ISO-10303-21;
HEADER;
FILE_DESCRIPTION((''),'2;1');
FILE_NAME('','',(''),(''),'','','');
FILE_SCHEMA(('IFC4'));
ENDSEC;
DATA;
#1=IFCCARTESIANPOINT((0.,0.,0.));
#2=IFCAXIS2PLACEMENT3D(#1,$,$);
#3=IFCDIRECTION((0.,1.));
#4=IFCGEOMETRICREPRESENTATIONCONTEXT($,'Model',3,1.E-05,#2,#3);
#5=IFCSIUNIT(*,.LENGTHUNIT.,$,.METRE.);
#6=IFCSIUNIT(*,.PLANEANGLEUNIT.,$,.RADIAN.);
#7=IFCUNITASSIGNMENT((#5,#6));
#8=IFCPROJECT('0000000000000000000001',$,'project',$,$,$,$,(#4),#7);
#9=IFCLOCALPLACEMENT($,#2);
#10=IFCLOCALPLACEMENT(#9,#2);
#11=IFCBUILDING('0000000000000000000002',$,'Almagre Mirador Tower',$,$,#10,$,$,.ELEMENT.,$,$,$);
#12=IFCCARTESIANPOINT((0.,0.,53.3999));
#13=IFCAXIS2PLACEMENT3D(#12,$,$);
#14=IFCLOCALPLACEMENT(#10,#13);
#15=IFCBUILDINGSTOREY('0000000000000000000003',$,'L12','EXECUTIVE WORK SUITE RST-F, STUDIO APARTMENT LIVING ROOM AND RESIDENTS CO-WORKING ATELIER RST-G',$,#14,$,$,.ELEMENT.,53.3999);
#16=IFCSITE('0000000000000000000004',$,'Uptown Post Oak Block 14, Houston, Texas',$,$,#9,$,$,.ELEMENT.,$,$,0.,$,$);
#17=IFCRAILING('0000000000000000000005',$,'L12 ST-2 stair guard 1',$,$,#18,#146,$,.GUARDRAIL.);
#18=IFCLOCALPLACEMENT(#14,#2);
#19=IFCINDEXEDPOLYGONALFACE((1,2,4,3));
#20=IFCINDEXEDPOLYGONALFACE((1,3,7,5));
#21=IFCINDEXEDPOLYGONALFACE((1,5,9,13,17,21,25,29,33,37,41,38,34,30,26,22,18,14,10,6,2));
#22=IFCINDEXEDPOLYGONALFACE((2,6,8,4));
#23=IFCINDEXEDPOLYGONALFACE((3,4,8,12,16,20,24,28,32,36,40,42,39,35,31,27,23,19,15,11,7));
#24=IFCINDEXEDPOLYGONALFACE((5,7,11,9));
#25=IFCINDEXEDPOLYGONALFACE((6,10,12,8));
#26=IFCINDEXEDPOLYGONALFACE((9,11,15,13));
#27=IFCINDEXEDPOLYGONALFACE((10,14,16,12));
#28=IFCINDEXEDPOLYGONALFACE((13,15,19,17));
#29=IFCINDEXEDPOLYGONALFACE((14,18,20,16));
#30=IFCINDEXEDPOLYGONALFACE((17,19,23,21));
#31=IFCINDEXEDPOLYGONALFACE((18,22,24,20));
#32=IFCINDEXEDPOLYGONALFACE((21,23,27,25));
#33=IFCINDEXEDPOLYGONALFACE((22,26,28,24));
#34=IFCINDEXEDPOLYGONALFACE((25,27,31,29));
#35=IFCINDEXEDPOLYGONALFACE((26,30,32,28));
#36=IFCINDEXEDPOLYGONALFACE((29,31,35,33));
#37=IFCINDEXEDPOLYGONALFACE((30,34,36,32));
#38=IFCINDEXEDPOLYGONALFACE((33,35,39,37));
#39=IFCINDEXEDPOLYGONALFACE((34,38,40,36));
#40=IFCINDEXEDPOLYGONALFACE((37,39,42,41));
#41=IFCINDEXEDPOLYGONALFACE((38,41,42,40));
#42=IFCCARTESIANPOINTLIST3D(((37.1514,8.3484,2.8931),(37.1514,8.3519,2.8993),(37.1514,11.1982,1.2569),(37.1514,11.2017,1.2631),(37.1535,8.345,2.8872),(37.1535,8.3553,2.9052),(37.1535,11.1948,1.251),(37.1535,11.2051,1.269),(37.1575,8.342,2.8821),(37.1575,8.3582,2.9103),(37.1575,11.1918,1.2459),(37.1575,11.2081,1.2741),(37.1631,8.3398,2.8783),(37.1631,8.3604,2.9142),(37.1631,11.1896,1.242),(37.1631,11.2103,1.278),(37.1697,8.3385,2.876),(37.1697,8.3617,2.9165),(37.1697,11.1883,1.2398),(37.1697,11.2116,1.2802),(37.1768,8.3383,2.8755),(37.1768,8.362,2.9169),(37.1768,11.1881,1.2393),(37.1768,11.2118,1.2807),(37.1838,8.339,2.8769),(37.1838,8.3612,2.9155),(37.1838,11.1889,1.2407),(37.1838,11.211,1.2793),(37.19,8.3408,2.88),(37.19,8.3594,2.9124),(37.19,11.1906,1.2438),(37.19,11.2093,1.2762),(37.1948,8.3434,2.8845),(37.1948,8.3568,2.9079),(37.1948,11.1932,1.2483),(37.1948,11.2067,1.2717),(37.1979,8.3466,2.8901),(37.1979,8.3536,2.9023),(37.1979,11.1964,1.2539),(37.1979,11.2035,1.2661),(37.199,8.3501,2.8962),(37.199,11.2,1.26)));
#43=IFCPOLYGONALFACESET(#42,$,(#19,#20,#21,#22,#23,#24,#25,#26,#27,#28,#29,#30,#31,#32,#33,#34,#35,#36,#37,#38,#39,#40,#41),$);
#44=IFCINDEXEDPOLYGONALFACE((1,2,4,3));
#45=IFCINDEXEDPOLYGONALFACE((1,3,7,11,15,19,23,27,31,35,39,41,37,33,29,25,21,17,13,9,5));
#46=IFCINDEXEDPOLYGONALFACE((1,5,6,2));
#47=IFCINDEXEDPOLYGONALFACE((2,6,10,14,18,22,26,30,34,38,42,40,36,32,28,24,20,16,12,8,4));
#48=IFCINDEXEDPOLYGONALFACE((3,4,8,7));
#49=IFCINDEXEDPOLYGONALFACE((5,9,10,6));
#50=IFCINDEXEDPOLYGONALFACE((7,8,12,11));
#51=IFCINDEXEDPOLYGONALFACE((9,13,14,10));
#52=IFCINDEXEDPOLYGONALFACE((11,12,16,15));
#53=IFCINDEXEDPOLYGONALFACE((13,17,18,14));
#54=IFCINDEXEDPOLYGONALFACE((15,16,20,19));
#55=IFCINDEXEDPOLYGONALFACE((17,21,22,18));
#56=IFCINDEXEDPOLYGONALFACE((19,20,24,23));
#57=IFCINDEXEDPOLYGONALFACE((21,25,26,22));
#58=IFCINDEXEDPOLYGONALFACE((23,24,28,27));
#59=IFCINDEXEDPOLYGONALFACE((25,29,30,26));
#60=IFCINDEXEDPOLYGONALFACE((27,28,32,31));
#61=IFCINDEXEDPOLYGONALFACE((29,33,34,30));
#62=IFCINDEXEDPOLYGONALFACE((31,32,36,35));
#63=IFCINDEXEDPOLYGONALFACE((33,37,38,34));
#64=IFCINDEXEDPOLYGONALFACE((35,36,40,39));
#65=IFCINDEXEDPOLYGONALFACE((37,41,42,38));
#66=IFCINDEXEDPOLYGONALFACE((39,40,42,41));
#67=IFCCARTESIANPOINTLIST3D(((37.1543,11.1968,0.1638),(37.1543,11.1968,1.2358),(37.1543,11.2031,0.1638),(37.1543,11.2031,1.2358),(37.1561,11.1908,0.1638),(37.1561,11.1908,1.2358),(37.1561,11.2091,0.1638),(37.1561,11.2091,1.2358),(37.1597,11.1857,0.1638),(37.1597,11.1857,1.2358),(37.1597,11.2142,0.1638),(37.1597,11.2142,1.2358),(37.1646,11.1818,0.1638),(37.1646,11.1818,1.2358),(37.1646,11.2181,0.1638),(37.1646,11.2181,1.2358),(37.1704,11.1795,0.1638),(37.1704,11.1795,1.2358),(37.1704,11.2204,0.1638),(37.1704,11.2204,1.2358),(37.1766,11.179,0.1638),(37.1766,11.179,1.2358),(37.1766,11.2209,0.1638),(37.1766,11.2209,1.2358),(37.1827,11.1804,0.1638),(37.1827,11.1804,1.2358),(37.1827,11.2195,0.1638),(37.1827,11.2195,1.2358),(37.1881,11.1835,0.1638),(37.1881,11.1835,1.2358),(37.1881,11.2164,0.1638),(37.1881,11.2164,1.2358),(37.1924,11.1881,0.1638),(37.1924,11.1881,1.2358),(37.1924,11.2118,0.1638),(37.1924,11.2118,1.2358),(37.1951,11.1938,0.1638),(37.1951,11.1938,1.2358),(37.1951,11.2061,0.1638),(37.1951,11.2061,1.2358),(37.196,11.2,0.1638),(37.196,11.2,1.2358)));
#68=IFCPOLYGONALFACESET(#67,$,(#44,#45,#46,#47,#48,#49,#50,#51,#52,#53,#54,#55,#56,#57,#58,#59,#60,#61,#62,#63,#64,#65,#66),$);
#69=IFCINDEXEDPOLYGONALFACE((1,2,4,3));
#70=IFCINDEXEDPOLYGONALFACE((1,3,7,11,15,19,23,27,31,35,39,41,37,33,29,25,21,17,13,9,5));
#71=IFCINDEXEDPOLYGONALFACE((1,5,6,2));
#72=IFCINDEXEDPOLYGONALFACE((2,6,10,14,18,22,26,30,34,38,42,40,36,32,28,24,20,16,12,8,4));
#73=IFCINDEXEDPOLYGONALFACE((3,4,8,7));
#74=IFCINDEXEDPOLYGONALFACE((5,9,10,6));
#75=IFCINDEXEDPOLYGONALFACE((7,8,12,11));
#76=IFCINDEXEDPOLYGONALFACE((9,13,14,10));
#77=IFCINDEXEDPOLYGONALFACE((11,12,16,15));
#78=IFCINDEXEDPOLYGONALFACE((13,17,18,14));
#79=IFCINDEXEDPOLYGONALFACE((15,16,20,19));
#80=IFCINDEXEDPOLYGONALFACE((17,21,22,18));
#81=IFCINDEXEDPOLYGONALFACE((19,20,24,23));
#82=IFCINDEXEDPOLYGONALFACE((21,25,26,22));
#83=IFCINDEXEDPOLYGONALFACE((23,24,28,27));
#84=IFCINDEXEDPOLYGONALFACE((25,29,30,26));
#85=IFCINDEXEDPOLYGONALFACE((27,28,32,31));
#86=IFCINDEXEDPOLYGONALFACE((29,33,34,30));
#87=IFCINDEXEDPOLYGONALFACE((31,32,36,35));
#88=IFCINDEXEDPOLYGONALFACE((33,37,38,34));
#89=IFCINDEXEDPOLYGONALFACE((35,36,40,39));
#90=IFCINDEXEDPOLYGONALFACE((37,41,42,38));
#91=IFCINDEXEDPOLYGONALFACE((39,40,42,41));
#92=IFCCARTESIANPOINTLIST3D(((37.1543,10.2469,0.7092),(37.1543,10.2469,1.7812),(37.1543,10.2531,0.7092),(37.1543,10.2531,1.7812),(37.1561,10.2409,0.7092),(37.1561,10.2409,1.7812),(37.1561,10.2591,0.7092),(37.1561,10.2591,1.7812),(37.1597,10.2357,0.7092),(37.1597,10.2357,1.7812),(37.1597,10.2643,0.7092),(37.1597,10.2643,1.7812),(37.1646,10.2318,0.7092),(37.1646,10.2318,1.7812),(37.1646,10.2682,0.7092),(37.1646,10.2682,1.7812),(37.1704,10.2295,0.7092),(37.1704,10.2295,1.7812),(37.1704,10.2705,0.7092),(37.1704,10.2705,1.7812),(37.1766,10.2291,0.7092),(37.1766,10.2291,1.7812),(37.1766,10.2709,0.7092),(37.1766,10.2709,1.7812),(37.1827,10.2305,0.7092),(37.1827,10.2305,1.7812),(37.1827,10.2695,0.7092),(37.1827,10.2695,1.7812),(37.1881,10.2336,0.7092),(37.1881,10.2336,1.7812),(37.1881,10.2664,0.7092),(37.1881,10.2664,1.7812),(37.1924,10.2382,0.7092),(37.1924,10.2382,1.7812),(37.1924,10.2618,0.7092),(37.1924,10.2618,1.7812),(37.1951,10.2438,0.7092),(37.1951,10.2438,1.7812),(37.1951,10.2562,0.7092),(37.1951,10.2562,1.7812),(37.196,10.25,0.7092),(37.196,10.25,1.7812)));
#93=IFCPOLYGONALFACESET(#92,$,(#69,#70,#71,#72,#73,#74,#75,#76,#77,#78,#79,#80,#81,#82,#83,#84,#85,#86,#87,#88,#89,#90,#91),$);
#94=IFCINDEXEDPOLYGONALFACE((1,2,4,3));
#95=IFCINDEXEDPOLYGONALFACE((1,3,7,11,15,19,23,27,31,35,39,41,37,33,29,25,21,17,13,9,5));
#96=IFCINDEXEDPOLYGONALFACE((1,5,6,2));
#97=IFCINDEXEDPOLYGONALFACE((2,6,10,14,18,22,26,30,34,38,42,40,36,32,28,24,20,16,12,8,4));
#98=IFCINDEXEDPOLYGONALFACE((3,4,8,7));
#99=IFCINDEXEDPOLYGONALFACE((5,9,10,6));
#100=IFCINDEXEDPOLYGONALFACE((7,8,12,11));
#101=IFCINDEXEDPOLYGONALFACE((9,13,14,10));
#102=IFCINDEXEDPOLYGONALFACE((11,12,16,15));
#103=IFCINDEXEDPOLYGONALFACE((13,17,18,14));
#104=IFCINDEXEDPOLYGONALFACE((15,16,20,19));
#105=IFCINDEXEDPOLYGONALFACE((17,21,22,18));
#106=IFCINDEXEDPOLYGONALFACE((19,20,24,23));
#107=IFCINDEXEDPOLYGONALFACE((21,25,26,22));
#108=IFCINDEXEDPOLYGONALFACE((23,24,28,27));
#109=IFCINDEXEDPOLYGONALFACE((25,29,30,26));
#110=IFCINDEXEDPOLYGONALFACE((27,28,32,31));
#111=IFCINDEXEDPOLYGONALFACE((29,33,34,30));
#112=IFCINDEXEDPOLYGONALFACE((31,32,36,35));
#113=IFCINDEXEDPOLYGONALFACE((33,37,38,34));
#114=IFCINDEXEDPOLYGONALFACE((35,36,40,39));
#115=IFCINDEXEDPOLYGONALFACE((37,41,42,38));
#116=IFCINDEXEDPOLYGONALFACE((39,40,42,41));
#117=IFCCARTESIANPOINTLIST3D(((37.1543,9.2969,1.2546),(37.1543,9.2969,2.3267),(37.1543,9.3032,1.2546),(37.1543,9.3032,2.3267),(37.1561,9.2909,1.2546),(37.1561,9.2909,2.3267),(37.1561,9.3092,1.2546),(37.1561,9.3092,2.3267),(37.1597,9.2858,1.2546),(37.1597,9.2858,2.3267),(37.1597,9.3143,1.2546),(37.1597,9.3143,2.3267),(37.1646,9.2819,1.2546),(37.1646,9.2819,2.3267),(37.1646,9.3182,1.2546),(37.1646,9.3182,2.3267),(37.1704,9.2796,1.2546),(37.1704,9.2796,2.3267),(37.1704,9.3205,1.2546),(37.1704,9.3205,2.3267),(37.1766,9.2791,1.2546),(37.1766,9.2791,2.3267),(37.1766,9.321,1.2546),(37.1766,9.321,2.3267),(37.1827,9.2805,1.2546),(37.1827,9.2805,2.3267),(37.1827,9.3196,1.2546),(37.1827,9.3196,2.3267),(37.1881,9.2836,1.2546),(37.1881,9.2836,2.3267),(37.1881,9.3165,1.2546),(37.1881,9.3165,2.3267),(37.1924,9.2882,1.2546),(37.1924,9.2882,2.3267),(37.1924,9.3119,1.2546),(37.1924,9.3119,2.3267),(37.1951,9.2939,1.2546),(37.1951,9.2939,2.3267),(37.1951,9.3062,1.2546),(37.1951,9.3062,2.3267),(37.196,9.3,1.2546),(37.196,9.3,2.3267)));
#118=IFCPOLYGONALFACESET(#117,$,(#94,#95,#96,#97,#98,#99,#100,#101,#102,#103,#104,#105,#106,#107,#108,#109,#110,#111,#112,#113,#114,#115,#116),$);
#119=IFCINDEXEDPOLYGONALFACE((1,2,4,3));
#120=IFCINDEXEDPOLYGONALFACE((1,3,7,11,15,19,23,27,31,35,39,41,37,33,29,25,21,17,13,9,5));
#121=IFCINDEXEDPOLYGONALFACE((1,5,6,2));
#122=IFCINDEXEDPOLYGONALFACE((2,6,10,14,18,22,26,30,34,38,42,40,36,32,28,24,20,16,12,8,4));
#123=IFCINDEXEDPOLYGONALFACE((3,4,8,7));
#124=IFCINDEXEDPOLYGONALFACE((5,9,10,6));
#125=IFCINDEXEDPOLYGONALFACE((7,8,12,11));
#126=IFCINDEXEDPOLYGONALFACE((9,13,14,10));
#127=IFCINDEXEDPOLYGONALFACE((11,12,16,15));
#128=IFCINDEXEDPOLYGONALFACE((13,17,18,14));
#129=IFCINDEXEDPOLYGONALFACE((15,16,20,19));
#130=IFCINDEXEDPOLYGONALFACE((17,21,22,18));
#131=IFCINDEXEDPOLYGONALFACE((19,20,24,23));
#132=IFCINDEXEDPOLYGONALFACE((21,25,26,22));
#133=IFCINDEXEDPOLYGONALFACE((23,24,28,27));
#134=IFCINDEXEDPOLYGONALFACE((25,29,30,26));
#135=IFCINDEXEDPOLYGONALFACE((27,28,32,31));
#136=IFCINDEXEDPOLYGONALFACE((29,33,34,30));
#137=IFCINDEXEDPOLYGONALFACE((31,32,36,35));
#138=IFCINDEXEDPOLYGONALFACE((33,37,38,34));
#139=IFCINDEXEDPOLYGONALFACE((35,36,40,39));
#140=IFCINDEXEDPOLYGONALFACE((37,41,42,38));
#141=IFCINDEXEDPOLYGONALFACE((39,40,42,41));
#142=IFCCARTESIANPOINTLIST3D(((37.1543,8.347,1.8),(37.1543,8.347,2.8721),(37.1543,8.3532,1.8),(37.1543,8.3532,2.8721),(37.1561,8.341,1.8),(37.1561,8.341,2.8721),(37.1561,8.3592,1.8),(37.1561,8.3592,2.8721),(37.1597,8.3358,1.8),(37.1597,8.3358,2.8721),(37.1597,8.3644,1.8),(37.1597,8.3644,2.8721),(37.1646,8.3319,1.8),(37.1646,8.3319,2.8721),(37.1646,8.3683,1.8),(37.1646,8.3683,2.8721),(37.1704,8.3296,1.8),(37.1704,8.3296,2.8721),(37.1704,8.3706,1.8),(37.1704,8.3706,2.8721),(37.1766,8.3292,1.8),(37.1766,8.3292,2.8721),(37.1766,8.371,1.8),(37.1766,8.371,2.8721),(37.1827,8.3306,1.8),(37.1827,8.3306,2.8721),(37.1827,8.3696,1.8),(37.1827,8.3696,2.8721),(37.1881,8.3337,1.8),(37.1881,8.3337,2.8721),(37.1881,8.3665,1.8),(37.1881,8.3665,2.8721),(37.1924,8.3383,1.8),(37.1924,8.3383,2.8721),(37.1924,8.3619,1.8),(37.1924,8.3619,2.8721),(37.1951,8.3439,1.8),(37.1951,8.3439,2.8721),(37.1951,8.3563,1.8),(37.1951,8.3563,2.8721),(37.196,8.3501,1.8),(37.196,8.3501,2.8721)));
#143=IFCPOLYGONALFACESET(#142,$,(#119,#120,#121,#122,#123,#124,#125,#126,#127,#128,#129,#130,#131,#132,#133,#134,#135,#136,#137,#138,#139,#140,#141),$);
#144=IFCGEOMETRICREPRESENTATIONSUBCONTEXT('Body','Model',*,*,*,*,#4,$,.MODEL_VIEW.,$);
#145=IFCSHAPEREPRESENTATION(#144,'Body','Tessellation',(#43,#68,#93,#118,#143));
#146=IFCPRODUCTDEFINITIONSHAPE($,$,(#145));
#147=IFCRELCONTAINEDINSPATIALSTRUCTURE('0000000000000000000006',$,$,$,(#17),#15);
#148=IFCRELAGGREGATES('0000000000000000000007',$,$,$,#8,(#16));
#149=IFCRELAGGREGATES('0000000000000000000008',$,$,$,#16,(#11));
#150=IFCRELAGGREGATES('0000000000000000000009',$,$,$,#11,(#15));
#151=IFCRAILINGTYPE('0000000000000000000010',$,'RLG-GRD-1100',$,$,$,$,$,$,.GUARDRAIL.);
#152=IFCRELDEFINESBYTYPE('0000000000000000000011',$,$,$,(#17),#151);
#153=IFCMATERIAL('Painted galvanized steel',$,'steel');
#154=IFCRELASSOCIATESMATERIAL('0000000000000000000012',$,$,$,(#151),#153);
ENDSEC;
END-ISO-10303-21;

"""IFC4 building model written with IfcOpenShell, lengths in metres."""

from ifc_helpers import new_model, si_unit, direction, frame, origin, origin_2d, place, context, subcontext, project, spatial, circle, extrude, material, type_object, element, save


model = new_model("IFC4")

# Units and contexts
model_context = context("Model", 3, precision=1e-05, world=origin(), true_north=direction((0.0, 1.0)))
body_context = subcontext(model_context, "Body", "Model", "MODEL_VIEW")
ifc_project = project(units=[si_unit("LENGTHUNIT", "METRE"), si_unit("PLANEANGLEUNIT", "RADIAN")], contexts=[model_context])

# Site, building, storey
site_placement = place(None, origin())
site = spatial("IfcSite", under=ifc_project, at=site_placement, Name="Uptown Post Oak Block 14, Houston, Texas", CompositionType="ELEMENT", RefElevation=0.0)
building_placement = place(site_placement, origin())
building = spatial("IfcBuilding", under=site, at=building_placement, Name="Almagre Mirador Tower", CompositionType="ELEMENT")
storey_placement = place(building_placement, frame((0.0, 0.0, 53.3999)))
storey = spatial("IfcBuildingStorey", under=building, at=storey_placement, Name="L12", Description="EXECUTIVE WORK SUITE RST-F, STUDIO APARTMENT LIVING ROOM AND RESIDENTS CO-WORKING ATELIER RST-G", CompositionType="ELEMENT", Elevation=53.3999)

# Railing
ifc_material_1 = material(Name="Painted galvanized steel", Category="steel")
railing_type_1 = type_object("IfcRailingType", Name="RLG-GRD-1100", PredefinedType="GUARDRAIL", material=ifc_material_1)
railing_1_placement = place(storey_placement, frame((37.175, 11.2, 0.1638)))
element("IfcRailing", 1, at=railing_1_placement, inside=storey, type_object=railing_type_1, Name="L12 ST-2 stair guard 1", PredefinedType="GUARDRAIL", context=body_context, shape_type="SweptSolid", body=[
    extrude(circle(Radius=0.0239, at=origin_2d()), frame((0.0, 0.0, 1.0962), z_axis=(0.0, -0.867226, 0.497914), x_axis=(1.0, 0.0, 0.0)), (0.0, 0.0, 1.0), 3.2861),
    extrude(circle(Radius=0.021, at=origin_2d()), origin(), (0.0, 0.0, 1.0), 1.072),
    extrude(circle(Radius=0.021, at=origin_2d()), frame((0.0, -0.95, 0.5454)), (0.0, 0.0, 1.0), 1.072),
    extrude(circle(Radius=0.021, at=origin_2d()), frame((0.0, -1.8999, 1.0908)), (0.0, 0.0, 1.0), 1.072),
    extrude(circle(Radius=0.021, at=origin_2d()), frame((0.0, -2.8499, 1.6362)), (0.0, 0.0, 1.0), 1.072),
])

save(model, "model.ifc")
